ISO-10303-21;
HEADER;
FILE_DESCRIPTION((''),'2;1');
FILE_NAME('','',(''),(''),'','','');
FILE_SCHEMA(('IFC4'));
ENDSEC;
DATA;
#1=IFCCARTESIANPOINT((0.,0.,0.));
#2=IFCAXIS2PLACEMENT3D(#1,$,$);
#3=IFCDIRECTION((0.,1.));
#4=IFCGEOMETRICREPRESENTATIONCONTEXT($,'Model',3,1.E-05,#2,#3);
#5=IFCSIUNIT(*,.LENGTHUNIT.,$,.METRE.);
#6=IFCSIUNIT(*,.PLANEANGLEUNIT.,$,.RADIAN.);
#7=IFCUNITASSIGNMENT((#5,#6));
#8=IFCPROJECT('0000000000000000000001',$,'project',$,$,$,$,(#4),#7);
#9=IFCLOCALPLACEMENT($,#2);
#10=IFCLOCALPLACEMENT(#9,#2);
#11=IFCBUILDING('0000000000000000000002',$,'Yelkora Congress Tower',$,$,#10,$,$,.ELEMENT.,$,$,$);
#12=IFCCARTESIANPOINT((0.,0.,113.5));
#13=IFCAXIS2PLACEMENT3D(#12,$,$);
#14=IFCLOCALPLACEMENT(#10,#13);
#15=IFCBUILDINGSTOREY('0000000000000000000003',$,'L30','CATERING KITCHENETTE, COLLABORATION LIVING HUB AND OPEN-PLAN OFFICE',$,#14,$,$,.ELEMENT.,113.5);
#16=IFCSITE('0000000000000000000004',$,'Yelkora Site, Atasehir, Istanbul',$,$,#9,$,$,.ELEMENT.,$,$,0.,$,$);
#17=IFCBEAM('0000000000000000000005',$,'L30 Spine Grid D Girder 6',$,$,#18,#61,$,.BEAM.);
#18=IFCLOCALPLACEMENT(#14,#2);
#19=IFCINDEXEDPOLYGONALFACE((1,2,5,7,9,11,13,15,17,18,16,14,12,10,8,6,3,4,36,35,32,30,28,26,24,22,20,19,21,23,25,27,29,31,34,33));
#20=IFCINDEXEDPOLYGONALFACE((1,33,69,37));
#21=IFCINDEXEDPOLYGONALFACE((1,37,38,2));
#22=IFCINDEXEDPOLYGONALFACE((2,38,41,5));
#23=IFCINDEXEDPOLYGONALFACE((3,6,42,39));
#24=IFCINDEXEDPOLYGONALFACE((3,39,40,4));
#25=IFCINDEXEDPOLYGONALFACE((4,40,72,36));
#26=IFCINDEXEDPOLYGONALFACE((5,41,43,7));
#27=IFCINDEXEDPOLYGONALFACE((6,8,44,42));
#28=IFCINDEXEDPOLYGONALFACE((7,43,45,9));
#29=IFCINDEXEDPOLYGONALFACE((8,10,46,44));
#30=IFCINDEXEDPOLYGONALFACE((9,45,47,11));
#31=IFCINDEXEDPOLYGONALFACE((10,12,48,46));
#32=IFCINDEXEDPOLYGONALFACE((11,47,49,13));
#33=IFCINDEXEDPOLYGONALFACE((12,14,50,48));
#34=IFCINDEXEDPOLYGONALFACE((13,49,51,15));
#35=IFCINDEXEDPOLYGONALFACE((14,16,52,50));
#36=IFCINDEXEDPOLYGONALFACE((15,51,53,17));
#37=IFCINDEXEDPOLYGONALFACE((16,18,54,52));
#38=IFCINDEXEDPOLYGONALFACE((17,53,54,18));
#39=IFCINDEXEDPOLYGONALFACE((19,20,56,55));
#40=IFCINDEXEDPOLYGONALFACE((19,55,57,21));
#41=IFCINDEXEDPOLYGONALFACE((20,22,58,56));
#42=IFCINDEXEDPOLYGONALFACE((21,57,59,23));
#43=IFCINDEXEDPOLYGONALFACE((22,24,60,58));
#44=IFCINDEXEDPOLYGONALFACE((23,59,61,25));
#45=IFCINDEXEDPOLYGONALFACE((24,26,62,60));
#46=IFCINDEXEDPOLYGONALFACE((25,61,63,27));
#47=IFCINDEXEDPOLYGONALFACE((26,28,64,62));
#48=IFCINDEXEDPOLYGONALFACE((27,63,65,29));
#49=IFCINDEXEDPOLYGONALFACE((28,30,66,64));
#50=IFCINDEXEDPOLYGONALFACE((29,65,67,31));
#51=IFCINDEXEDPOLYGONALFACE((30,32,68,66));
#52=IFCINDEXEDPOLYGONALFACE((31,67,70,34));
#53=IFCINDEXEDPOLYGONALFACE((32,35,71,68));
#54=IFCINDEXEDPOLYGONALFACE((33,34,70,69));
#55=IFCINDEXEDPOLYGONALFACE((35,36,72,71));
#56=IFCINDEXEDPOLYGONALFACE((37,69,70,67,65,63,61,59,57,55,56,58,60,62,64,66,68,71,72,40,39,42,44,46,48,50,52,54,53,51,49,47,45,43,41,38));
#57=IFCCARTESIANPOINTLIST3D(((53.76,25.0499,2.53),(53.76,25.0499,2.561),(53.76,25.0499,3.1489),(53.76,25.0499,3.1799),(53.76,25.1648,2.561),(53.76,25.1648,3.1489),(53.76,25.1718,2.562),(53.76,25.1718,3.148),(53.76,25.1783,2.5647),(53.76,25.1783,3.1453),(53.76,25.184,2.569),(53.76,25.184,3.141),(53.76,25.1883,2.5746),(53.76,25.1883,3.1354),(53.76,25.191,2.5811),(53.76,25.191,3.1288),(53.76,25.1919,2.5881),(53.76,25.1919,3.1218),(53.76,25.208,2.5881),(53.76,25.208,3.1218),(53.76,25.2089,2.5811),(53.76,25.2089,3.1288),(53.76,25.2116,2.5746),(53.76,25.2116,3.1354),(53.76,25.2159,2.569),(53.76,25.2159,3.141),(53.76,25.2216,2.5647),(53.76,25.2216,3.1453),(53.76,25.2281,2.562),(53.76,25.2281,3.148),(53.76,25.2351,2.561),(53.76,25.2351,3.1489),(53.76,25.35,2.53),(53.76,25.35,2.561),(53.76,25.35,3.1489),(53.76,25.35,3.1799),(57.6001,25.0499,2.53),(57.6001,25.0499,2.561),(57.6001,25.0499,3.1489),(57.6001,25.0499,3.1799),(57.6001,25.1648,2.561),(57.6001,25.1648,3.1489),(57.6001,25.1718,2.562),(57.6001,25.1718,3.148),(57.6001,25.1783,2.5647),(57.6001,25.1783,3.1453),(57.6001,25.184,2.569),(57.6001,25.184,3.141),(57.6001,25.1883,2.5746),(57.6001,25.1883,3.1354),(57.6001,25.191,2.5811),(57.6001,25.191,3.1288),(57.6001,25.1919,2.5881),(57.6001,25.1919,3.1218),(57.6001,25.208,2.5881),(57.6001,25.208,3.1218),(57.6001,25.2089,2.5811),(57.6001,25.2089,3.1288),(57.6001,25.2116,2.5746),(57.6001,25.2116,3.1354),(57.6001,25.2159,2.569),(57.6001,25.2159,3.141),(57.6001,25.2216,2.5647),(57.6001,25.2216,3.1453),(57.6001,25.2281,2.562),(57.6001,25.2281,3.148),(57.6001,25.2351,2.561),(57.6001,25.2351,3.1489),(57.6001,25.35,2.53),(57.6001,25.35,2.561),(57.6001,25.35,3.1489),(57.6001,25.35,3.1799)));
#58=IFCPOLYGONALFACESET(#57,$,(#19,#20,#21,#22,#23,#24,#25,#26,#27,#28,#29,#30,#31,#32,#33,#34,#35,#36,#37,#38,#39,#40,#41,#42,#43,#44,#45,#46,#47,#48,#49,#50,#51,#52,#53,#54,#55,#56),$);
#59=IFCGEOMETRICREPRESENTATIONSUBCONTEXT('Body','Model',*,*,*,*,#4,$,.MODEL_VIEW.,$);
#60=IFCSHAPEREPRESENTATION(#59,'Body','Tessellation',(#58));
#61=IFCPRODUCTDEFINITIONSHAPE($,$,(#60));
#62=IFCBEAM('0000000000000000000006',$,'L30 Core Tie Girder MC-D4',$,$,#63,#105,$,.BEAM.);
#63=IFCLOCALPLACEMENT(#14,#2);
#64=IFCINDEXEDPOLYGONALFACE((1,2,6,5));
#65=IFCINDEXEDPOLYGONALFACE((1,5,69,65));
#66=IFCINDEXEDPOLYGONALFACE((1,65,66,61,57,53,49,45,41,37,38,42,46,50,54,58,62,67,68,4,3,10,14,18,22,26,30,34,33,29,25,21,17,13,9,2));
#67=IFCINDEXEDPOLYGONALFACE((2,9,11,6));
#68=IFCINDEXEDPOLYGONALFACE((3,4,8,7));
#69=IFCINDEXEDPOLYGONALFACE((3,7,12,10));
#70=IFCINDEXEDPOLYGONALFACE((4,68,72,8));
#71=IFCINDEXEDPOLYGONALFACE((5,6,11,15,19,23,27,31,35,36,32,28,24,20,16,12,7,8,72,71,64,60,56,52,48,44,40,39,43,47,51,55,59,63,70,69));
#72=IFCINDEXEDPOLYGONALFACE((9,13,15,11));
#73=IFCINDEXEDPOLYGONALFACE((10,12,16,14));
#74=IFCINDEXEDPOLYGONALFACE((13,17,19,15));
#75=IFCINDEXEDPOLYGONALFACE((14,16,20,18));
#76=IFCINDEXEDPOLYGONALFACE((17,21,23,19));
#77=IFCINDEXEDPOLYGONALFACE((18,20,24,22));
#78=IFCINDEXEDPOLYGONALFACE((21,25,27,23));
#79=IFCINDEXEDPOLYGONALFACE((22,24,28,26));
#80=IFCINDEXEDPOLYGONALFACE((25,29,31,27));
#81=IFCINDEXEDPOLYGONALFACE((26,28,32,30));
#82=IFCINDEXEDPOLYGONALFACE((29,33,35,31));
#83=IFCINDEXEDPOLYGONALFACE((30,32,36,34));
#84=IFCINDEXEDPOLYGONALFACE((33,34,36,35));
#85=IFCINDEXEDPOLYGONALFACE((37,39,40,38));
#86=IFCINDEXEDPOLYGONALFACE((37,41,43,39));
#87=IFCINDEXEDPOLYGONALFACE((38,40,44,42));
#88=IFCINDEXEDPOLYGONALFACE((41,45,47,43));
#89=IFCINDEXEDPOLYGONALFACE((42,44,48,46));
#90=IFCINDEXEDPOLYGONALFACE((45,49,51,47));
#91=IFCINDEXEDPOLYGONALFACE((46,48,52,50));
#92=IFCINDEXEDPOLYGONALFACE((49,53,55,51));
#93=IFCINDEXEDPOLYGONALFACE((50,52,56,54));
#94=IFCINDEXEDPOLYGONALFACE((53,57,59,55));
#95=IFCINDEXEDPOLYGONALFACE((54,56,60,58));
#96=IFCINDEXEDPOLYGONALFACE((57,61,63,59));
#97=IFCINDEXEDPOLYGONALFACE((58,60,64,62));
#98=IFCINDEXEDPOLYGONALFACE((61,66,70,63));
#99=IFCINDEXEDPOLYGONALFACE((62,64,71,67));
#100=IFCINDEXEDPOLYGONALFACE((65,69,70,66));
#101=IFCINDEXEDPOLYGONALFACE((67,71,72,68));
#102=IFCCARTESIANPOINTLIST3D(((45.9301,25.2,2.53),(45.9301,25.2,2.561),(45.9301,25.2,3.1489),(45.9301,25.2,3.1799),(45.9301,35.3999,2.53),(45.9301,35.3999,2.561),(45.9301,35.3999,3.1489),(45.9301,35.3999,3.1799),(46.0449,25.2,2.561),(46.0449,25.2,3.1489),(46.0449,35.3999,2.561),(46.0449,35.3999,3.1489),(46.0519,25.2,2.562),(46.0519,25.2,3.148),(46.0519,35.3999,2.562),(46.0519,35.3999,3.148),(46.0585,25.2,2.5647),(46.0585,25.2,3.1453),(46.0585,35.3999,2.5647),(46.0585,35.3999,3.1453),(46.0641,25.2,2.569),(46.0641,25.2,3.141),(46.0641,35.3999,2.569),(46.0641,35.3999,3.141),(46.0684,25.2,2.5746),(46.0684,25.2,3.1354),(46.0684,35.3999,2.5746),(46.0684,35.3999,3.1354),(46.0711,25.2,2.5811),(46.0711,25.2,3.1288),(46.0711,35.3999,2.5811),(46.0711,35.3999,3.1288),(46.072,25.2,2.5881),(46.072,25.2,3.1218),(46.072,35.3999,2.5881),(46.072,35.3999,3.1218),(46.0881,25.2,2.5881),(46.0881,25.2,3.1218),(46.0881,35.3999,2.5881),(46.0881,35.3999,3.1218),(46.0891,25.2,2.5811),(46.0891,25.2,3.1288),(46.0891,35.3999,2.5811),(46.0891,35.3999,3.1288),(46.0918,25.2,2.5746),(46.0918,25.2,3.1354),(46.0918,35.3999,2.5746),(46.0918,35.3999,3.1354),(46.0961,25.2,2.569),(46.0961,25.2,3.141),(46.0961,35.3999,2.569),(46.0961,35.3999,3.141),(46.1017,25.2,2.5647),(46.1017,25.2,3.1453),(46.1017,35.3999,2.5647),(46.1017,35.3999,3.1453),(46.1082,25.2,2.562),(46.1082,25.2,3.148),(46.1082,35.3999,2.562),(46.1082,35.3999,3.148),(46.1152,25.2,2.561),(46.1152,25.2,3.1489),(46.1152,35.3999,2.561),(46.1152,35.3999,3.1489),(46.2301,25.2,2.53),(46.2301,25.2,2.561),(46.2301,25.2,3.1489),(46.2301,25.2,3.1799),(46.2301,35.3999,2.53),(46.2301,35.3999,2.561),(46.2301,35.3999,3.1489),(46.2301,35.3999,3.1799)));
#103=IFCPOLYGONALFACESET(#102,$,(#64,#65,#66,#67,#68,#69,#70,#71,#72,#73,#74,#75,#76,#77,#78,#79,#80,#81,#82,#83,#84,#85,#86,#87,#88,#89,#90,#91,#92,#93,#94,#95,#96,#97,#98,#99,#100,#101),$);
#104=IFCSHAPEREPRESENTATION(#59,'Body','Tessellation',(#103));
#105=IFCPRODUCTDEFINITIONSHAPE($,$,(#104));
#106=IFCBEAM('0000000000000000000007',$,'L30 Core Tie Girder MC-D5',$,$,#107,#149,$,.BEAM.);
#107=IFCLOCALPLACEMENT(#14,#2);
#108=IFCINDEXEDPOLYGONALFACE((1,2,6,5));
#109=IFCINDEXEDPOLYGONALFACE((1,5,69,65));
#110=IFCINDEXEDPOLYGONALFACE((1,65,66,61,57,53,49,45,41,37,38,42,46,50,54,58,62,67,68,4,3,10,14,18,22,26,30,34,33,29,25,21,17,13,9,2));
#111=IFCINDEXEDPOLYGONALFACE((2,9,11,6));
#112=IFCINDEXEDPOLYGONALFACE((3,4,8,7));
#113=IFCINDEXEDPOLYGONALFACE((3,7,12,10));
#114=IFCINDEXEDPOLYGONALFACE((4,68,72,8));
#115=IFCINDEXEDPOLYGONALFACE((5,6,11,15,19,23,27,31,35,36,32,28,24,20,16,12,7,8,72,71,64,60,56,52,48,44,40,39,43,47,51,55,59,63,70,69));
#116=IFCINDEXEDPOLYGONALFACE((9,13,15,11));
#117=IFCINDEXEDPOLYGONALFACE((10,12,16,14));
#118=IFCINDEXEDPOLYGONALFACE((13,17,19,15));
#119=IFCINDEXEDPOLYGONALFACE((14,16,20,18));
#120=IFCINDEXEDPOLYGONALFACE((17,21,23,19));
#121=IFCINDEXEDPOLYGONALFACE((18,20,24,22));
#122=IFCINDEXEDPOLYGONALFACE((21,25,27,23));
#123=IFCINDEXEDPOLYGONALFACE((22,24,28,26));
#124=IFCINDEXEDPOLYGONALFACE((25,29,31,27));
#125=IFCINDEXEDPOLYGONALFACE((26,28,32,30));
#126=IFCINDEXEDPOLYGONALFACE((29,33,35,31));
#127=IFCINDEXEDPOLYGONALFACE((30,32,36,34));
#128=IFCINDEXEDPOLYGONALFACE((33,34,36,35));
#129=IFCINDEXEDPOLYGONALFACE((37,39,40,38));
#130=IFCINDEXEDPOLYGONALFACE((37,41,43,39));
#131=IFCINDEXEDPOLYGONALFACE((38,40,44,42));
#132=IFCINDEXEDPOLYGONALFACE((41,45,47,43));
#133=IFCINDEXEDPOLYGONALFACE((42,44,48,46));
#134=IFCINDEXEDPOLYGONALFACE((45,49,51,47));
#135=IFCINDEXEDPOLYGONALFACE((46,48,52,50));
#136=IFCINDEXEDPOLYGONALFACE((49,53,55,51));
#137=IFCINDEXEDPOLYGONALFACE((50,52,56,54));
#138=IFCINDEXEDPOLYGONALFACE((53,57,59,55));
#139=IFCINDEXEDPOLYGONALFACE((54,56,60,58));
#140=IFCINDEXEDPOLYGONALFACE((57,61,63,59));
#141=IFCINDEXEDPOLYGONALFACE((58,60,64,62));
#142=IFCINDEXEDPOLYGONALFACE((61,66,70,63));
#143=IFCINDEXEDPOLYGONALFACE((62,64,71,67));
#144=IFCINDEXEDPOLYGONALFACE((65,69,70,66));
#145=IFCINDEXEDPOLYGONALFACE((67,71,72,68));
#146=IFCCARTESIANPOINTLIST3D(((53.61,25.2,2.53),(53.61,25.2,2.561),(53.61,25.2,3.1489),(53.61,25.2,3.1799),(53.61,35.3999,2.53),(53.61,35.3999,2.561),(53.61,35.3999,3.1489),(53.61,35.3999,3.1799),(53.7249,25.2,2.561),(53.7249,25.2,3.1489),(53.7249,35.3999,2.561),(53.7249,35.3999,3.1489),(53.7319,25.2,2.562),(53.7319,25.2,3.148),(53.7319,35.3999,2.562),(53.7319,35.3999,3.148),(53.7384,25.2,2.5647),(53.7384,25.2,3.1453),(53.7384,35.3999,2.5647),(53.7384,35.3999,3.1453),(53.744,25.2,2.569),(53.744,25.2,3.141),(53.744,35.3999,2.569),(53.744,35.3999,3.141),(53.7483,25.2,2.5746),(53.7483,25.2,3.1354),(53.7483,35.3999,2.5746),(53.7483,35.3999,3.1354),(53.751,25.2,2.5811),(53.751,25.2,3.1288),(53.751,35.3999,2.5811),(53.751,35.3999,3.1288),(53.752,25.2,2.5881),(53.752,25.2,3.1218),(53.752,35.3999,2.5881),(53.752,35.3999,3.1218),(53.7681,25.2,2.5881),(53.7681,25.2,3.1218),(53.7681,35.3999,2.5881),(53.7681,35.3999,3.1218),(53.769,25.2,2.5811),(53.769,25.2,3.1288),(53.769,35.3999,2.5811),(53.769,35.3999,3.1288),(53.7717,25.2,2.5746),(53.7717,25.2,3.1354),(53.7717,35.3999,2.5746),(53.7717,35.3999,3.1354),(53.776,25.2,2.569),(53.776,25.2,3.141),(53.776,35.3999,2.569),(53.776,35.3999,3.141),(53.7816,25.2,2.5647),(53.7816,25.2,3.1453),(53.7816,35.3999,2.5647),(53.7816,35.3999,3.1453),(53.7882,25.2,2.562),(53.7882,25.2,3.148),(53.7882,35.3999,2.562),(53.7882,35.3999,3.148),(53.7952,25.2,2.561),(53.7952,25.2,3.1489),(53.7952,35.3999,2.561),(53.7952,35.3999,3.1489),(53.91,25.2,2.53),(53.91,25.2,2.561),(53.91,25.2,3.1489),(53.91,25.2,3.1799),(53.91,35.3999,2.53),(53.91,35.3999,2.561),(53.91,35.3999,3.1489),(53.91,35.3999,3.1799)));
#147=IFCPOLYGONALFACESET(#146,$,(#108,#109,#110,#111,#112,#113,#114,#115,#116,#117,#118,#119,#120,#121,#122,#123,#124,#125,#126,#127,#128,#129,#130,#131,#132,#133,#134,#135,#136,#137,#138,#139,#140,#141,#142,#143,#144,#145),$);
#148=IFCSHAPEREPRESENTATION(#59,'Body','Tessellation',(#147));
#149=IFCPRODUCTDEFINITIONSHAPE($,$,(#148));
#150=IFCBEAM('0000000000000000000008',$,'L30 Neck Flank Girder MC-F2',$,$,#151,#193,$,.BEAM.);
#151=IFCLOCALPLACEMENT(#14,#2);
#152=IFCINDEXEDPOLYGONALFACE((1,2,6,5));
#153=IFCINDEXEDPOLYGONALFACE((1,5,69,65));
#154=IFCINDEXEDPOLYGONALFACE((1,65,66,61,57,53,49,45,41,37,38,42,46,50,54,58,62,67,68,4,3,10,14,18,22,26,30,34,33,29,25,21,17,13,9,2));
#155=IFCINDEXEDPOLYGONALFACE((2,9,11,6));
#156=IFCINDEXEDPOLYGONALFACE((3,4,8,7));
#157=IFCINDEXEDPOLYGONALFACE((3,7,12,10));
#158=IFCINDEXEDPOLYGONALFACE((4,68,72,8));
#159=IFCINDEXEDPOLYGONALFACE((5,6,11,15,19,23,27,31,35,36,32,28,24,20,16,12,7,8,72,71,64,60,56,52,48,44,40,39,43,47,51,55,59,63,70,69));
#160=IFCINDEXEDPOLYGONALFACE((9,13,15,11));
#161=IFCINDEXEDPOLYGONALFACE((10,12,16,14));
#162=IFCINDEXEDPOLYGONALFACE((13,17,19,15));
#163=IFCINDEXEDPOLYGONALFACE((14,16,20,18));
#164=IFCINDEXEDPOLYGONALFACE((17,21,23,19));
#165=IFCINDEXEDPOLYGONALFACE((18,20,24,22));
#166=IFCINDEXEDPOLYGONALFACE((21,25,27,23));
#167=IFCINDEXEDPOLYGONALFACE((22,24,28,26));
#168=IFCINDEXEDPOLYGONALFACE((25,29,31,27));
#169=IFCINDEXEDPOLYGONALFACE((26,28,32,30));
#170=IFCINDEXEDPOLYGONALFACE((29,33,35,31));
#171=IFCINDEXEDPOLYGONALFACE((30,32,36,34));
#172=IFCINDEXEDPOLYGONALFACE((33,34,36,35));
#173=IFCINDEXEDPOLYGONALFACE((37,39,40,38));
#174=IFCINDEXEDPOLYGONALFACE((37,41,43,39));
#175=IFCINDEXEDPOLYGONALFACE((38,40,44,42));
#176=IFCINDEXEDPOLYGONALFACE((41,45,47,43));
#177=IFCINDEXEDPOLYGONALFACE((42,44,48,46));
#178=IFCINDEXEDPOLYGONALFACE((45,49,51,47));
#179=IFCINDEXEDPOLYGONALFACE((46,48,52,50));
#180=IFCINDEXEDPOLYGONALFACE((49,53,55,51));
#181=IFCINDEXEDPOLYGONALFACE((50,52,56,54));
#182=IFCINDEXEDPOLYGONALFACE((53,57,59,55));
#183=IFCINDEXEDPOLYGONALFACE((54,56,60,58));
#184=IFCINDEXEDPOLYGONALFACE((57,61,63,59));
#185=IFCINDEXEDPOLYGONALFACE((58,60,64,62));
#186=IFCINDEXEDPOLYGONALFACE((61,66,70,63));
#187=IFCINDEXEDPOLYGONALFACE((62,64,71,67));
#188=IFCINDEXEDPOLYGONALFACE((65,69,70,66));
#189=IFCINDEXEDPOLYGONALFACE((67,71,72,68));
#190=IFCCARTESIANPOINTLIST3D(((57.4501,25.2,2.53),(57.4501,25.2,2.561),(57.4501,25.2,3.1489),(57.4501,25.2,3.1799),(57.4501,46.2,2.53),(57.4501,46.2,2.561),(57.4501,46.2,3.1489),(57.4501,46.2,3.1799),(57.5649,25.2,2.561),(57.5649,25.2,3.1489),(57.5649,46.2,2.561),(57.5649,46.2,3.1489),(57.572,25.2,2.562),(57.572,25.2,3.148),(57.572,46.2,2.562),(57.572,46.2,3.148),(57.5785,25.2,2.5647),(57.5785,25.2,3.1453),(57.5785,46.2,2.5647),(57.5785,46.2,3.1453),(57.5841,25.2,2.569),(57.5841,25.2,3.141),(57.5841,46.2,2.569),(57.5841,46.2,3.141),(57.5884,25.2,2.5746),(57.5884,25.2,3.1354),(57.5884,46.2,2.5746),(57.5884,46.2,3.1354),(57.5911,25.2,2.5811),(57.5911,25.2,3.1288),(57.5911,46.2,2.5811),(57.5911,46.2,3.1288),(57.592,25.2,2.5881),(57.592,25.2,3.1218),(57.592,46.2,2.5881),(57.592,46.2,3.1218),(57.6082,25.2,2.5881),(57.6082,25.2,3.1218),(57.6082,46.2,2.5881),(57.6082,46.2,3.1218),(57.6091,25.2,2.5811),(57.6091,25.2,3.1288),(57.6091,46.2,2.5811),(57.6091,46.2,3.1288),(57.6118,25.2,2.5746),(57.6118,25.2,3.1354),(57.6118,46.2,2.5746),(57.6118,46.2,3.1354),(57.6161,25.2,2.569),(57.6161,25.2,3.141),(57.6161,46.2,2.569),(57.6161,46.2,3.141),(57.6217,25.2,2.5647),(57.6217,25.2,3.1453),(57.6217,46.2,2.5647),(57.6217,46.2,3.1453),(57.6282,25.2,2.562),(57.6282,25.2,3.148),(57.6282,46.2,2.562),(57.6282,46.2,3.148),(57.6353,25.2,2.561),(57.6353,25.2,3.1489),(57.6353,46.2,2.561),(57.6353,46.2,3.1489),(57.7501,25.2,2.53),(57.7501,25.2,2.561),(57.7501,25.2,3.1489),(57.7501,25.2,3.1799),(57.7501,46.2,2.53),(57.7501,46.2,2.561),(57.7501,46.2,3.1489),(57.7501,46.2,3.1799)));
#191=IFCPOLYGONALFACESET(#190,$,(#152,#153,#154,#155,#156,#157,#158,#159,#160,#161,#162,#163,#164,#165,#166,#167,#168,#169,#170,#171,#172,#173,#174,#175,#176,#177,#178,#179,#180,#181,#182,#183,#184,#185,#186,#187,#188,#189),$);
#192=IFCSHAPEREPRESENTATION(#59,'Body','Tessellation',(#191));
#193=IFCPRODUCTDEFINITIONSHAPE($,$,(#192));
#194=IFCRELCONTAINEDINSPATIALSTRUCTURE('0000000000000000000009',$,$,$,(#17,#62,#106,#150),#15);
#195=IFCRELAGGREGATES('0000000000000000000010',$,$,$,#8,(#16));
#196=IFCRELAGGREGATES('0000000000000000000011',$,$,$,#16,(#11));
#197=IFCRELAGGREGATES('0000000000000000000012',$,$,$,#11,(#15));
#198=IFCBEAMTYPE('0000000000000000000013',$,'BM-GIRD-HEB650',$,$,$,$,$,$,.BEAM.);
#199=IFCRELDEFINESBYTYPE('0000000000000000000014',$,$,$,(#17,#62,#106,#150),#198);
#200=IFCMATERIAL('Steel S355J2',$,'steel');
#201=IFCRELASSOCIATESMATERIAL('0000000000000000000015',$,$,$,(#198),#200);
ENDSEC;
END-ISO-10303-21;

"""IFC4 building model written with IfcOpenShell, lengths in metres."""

from ifc_helpers import new_model, si_unit, direction, frame, origin, origin_2d, place, context, subcontext, project, spatial, i_section, extrude, material, material_profile, profile_set, type_object, element, save


model = new_model("IFC4")

# Units and contexts
model_context = context("Model", 3, precision=1e-05, world=origin(), true_north=direction((0.0, 1.0)))
body_context = subcontext(model_context, "Body", "Model", "MODEL_VIEW")
ifc_project = project(units=[si_unit("LENGTHUNIT", "METRE"), si_unit("PLANEANGLEUNIT", "RADIAN")], contexts=[model_context])

# Site, building, storey
site_placement = place(None, origin())
site = spatial("IfcSite", under=ifc_project, at=site_placement, Name="Yelkora Site, Atasehir, Istanbul", CompositionType="ELEMENT", RefElevation=0.0)
building_placement = place(site_placement, origin())
building = spatial("IfcBuilding", under=site, at=building_placement, Name="Yelkora Congress Tower", CompositionType="ELEMENT")
storey_placement = place(building_placement, frame((0.0, 0.0, 113.5)))
storey = spatial("IfcBuildingStorey", under=building, at=storey_placement, Name="L30", Description="CATERING KITCHENETTE, COLLABORATION LIVING HUB AND OPEN-PLAN OFFICE", CompositionType="ELEMENT", Elevation=113.5)

# Beams
ifc_material_1 = material(Name="Steel S355J2", Category="steel")
ifc_material_profile_1 = material_profile(ifc_material_1, i_section(OverallWidth=0.3, OverallDepth=0.6499, WebThickness=0.0161, FlangeThickness=0.031, FilletRadius=0.0271, at=origin_2d()), Name="HEB 650")
ifc_profile_set_1 = profile_set([ifc_material_profile_1], Name="Steel S355J2")
beam_type_1 = type_object("IfcBeamType", Name="BM-GIRD-HEB650", PredefinedType="BEAM", material=ifc_profile_set_1)
beam_1_placement = place(storey_placement, frame((53.76, 25.2, 2.855), z_axis=(1.0, 0.0, 0.0), x_axis=(0.0, 1.0, 0.0)))
element("IfcBeam", 1, at=beam_1_placement, inside=storey, type_object=beam_type_1, Name="L30 Spine Grid D Girder 6", PredefinedType="BEAM", context=body_context, shape_type="SweptSolid", body=[
    extrude(i_section(OverallWidth=0.3, OverallDepth=0.6499, WebThickness=0.0161, FlangeThickness=0.031, FilletRadius=0.0271, at=origin_2d()), origin(), (0.0, 0.0, 1.0), 3.8401),
])
for number, where, z_axis, x_axis, name in (
    (2, (46.0801, 25.2, 2.855), (0.0, 1.0, 0.0), (-1.0, 0.0, 0.0), "L30 Core Tie Girder MC-D4"),
    (3, (53.76, 25.2, 2.855), (0.0, 1.0, 0.0), (-1.0, 0.0, 0.0), "L30 Core Tie Girder MC-D5"),
):
    element("IfcBeam", number, at=place(storey_placement, frame(where, z_axis=z_axis, x_axis=x_axis)), inside=storey, type_object=beam_type_1, Name=name, PredefinedType="BEAM", context=body_context, shape_type="SweptSolid", body=[
        extrude(i_section(OverallWidth=0.3, OverallDepth=0.6499, WebThickness=0.0161, FlangeThickness=0.031, FilletRadius=0.0271, at=origin_2d()), origin(), (0.0, 0.0, 1.0), 10.2),
    ])
beam_2_placement = place(storey_placement, frame((57.6001, 25.2, 2.855), z_axis=(0.0, 1.0, 0.0), x_axis=(-1.0, 0.0, 0.0)))
element("IfcBeam", 4, at=beam_2_placement, inside=storey, type_object=beam_type_1, Name="L30 Neck Flank Girder MC-F2", PredefinedType="BEAM", context=body_context, shape_type="SweptSolid", body=[
    extrude(i_section(OverallWidth=0.3, OverallDepth=0.6499, WebThickness=0.0161, FlangeThickness=0.031, FilletRadius=0.0271, at=origin_2d()), origin(), (0.0, 0.0, 1.0), 21.0),
])

save(model, "model.ifc")
